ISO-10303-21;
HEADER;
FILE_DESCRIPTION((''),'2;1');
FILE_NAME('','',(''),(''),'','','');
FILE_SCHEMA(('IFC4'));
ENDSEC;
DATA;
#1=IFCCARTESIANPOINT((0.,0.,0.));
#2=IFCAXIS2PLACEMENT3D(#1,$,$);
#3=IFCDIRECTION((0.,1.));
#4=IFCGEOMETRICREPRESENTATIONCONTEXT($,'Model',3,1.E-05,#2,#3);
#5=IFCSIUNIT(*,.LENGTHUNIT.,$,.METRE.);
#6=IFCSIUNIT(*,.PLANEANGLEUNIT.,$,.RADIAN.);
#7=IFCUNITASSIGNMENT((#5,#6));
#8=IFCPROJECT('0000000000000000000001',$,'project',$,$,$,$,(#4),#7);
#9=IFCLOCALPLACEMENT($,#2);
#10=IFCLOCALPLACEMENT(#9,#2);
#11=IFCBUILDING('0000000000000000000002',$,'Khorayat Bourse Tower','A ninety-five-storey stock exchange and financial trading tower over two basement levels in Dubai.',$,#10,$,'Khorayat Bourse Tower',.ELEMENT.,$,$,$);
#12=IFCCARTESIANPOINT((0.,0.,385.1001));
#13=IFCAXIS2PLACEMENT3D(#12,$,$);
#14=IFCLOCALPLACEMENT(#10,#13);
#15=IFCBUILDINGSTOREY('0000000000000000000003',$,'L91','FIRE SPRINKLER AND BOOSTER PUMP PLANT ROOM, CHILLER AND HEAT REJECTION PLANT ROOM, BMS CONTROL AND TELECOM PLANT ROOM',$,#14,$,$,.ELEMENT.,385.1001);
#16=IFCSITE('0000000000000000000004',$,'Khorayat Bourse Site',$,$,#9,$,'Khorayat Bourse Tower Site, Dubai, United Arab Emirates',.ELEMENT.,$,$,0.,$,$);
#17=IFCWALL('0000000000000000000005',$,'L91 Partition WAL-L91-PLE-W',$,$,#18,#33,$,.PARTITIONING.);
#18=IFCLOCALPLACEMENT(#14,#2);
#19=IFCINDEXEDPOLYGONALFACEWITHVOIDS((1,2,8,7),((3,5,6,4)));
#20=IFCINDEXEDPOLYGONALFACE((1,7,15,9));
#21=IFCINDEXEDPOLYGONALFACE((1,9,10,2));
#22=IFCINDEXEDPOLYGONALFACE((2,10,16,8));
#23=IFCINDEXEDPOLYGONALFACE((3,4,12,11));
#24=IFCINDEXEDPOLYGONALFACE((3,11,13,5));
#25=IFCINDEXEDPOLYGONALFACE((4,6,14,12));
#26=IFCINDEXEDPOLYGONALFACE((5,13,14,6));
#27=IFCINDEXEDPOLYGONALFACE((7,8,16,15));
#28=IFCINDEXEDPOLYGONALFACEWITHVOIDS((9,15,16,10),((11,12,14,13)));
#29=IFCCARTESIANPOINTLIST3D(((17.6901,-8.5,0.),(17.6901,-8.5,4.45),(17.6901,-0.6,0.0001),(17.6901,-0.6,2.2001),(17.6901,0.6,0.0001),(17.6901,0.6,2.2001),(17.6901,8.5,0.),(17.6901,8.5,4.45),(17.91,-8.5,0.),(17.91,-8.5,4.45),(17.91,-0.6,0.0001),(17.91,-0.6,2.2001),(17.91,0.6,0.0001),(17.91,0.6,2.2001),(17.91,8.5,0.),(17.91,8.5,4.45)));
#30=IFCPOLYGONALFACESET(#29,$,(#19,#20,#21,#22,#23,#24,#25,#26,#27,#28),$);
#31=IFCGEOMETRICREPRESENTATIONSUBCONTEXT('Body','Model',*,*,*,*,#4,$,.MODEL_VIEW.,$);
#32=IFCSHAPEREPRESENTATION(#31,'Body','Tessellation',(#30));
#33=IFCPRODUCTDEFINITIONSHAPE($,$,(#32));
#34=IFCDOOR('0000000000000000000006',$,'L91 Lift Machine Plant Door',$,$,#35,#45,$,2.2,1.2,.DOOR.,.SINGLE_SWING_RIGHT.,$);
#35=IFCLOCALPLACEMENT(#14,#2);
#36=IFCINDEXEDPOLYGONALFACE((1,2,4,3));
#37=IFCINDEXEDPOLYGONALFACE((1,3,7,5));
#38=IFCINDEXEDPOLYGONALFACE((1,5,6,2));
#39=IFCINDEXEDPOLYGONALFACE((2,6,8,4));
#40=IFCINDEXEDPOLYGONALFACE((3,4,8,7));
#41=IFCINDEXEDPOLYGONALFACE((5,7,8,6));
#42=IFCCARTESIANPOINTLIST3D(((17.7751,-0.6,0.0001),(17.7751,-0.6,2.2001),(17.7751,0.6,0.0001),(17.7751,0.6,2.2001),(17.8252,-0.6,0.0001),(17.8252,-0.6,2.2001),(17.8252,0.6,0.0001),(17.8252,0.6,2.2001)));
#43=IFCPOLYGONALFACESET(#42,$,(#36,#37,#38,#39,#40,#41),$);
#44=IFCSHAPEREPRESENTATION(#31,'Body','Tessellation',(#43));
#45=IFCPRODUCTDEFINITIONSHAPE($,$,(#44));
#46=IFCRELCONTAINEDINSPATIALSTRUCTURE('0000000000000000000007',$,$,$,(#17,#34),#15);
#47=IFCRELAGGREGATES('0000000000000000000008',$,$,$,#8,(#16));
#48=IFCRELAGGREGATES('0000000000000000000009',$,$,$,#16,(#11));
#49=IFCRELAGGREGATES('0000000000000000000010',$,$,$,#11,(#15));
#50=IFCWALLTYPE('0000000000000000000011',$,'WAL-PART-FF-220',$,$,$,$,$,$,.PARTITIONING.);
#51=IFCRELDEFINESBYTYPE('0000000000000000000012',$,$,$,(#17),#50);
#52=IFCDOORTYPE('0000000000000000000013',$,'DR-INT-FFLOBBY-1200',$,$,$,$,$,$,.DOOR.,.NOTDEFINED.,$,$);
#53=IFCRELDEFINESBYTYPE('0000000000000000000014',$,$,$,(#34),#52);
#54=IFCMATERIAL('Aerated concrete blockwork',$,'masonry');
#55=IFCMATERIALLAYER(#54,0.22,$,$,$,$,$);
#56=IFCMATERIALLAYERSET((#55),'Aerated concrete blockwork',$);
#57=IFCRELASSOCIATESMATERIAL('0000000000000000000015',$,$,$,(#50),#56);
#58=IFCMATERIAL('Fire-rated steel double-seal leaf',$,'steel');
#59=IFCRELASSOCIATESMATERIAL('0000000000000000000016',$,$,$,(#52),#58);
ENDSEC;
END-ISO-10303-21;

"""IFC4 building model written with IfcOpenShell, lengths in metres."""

from ifc_helpers import new_model, si_unit, direction, frame, frame_2d, origin, place, context, subcontext, project, spatial, rectangle, extrude, source, transform, mapped, material, layer, layer_set, type_object, element, fill, save


model = new_model("IFC4")

# Units and contexts
model_context = context("Model", 3, precision=1e-05, world=origin(), true_north=direction((0.0, 1.0)))
body_context = subcontext(model_context, "Body", "Model", "MODEL_VIEW")
ifc_project = project(units=[si_unit("LENGTHUNIT", "METRE"), si_unit("PLANEANGLEUNIT", "RADIAN")], contexts=[model_context])

# Site, building, storey
site_placement = place(None, origin())
site = spatial("IfcSite", under=ifc_project, at=site_placement, Name="Khorayat Bourse Site", LongName="Khorayat Bourse Tower Site, Dubai, United Arab Emirates", CompositionType="ELEMENT", RefElevation=0.0)
building_placement = place(site_placement, origin())
building = spatial("IfcBuilding", under=site, at=building_placement, Name="Khorayat Bourse Tower", Description="A ninety-five-storey stock exchange and financial trading tower over two basement levels in Dubai.", LongName="Khorayat Bourse Tower", CompositionType="ELEMENT")
storey_placement = place(building_placement, frame((0.0, 0.0, 385.1001)))
storey = spatial("IfcBuildingStorey", under=building, at=storey_placement, Name="L91", Description="FIRE SPRINKLER AND BOOSTER PUMP PLANT ROOM, CHILLER AND HEAT REJECTION PLANT ROOM, BMS CONTROL AND TELECOM PLANT ROOM", CompositionType="ELEMENT", Elevation=385.1001)

# Shared definitions
ifc_material_1 = material(Name="Aerated concrete blockwork", Category="masonry")
ifc_layer_1 = layer(ifc_material_1, 0.22)
ifc_layer_set_1 = layer_set([ifc_layer_1], Name="Aerated concrete blockwork")
wall_type_1 = type_object("IfcWallType", Name="WAL-PART-FF-220", PredefinedType="PARTITIONING", material=ifc_layer_set_1)

# Shared definitions
shared_shape_1 = source(origin(), body_context, "Body", "SweptSolid", [
    extrude(rectangle(XDim=1.2, YDim=2.2, at=frame_2d((0.6001, 1.1001))), frame((0.0, 0.1199, 0.0), z_axis=(0.0, -1.0, 0.0), x_axis=(1.0, 0.0, 0.0)), (0.0, 0.0, 1.0), 0.24),
])
ifc_material_2 = material(Name="Fire-rated steel double-seal leaf", Category="steel")
door_type_1 = type_object("IfcDoorType", Name="DR-INT-FFLOBBY-1200", OperationType="NOTDEFINED", PredefinedType="DOOR", material=ifc_material_2)
shared_shape_2 = source(origin(), body_context, "Body", "SweptSolid", [
    extrude(rectangle(XDim=1.2, YDim=2.2, at=frame_2d((0.6001, 1.1001))), frame((0.0, 0.0249, 0.0), z_axis=(0.0, -1.0, 0.0), x_axis=(1.0, 0.0, 0.0)), (0.0, 0.0, 1.0), 0.05),
])

# Wall, opening, door
shared_shape_3 = source(origin(), body_context, "Body", "SweptSolid", [
    extrude(rectangle(XDim=17.0, YDim=0.22, at=frame_2d((8.5, 0.0))), origin(), (0.0, 0.0, 1.0), 4.45),
])
wall_1_placement = place(storey_placement, frame((17.8, -8.5, 0.0), z_axis=(0.0, 0.0, 1.0), x_axis=(0.0, 1.0, 0.0)))
wall_1 = element("IfcWall", 1, at=wall_1_placement, inside=storey, type_object=wall_type_1, Name="L91 Partition WAL-L91-PLE-W", PredefinedType="PARTITIONING", context=body_context, shape_type="MappedRepresentation", body=[
    mapped(shared_shape_3, transform((0.0, 0.0, 0.0), scale=1.0)),
])
opening_1_placement = place(wall_1_placement, frame((7.8999, 0.0, 0.0)))
opening_1 = element("IfcOpeningElement", 2, at=opening_1_placement, cuts=wall_1, PredefinedType="OPENING", context=body_context, shape_type="MappedRepresentation", body=[
    mapped(shared_shape_1, transform((0.0, 0.0, 0.0), scale=1.0)),
])
door_1_placement = place(opening_1_placement, origin())
door_1 = element("IfcDoor", 3, at=door_1_placement, inside=storey, type_object=door_type_1, Name="L91 Lift Machine Plant Door", OperationType="SINGLE_SWING_RIGHT", OverallHeight=2.2, OverallWidth=1.2, PredefinedType="DOOR", context=body_context, shape_type="MappedRepresentation", body=[
    mapped(shared_shape_2, transform((0.0, 0.0, 0.0), scale=1.0)),
])
fill(opening_1, door_1)

save(model, "model.ifc")
